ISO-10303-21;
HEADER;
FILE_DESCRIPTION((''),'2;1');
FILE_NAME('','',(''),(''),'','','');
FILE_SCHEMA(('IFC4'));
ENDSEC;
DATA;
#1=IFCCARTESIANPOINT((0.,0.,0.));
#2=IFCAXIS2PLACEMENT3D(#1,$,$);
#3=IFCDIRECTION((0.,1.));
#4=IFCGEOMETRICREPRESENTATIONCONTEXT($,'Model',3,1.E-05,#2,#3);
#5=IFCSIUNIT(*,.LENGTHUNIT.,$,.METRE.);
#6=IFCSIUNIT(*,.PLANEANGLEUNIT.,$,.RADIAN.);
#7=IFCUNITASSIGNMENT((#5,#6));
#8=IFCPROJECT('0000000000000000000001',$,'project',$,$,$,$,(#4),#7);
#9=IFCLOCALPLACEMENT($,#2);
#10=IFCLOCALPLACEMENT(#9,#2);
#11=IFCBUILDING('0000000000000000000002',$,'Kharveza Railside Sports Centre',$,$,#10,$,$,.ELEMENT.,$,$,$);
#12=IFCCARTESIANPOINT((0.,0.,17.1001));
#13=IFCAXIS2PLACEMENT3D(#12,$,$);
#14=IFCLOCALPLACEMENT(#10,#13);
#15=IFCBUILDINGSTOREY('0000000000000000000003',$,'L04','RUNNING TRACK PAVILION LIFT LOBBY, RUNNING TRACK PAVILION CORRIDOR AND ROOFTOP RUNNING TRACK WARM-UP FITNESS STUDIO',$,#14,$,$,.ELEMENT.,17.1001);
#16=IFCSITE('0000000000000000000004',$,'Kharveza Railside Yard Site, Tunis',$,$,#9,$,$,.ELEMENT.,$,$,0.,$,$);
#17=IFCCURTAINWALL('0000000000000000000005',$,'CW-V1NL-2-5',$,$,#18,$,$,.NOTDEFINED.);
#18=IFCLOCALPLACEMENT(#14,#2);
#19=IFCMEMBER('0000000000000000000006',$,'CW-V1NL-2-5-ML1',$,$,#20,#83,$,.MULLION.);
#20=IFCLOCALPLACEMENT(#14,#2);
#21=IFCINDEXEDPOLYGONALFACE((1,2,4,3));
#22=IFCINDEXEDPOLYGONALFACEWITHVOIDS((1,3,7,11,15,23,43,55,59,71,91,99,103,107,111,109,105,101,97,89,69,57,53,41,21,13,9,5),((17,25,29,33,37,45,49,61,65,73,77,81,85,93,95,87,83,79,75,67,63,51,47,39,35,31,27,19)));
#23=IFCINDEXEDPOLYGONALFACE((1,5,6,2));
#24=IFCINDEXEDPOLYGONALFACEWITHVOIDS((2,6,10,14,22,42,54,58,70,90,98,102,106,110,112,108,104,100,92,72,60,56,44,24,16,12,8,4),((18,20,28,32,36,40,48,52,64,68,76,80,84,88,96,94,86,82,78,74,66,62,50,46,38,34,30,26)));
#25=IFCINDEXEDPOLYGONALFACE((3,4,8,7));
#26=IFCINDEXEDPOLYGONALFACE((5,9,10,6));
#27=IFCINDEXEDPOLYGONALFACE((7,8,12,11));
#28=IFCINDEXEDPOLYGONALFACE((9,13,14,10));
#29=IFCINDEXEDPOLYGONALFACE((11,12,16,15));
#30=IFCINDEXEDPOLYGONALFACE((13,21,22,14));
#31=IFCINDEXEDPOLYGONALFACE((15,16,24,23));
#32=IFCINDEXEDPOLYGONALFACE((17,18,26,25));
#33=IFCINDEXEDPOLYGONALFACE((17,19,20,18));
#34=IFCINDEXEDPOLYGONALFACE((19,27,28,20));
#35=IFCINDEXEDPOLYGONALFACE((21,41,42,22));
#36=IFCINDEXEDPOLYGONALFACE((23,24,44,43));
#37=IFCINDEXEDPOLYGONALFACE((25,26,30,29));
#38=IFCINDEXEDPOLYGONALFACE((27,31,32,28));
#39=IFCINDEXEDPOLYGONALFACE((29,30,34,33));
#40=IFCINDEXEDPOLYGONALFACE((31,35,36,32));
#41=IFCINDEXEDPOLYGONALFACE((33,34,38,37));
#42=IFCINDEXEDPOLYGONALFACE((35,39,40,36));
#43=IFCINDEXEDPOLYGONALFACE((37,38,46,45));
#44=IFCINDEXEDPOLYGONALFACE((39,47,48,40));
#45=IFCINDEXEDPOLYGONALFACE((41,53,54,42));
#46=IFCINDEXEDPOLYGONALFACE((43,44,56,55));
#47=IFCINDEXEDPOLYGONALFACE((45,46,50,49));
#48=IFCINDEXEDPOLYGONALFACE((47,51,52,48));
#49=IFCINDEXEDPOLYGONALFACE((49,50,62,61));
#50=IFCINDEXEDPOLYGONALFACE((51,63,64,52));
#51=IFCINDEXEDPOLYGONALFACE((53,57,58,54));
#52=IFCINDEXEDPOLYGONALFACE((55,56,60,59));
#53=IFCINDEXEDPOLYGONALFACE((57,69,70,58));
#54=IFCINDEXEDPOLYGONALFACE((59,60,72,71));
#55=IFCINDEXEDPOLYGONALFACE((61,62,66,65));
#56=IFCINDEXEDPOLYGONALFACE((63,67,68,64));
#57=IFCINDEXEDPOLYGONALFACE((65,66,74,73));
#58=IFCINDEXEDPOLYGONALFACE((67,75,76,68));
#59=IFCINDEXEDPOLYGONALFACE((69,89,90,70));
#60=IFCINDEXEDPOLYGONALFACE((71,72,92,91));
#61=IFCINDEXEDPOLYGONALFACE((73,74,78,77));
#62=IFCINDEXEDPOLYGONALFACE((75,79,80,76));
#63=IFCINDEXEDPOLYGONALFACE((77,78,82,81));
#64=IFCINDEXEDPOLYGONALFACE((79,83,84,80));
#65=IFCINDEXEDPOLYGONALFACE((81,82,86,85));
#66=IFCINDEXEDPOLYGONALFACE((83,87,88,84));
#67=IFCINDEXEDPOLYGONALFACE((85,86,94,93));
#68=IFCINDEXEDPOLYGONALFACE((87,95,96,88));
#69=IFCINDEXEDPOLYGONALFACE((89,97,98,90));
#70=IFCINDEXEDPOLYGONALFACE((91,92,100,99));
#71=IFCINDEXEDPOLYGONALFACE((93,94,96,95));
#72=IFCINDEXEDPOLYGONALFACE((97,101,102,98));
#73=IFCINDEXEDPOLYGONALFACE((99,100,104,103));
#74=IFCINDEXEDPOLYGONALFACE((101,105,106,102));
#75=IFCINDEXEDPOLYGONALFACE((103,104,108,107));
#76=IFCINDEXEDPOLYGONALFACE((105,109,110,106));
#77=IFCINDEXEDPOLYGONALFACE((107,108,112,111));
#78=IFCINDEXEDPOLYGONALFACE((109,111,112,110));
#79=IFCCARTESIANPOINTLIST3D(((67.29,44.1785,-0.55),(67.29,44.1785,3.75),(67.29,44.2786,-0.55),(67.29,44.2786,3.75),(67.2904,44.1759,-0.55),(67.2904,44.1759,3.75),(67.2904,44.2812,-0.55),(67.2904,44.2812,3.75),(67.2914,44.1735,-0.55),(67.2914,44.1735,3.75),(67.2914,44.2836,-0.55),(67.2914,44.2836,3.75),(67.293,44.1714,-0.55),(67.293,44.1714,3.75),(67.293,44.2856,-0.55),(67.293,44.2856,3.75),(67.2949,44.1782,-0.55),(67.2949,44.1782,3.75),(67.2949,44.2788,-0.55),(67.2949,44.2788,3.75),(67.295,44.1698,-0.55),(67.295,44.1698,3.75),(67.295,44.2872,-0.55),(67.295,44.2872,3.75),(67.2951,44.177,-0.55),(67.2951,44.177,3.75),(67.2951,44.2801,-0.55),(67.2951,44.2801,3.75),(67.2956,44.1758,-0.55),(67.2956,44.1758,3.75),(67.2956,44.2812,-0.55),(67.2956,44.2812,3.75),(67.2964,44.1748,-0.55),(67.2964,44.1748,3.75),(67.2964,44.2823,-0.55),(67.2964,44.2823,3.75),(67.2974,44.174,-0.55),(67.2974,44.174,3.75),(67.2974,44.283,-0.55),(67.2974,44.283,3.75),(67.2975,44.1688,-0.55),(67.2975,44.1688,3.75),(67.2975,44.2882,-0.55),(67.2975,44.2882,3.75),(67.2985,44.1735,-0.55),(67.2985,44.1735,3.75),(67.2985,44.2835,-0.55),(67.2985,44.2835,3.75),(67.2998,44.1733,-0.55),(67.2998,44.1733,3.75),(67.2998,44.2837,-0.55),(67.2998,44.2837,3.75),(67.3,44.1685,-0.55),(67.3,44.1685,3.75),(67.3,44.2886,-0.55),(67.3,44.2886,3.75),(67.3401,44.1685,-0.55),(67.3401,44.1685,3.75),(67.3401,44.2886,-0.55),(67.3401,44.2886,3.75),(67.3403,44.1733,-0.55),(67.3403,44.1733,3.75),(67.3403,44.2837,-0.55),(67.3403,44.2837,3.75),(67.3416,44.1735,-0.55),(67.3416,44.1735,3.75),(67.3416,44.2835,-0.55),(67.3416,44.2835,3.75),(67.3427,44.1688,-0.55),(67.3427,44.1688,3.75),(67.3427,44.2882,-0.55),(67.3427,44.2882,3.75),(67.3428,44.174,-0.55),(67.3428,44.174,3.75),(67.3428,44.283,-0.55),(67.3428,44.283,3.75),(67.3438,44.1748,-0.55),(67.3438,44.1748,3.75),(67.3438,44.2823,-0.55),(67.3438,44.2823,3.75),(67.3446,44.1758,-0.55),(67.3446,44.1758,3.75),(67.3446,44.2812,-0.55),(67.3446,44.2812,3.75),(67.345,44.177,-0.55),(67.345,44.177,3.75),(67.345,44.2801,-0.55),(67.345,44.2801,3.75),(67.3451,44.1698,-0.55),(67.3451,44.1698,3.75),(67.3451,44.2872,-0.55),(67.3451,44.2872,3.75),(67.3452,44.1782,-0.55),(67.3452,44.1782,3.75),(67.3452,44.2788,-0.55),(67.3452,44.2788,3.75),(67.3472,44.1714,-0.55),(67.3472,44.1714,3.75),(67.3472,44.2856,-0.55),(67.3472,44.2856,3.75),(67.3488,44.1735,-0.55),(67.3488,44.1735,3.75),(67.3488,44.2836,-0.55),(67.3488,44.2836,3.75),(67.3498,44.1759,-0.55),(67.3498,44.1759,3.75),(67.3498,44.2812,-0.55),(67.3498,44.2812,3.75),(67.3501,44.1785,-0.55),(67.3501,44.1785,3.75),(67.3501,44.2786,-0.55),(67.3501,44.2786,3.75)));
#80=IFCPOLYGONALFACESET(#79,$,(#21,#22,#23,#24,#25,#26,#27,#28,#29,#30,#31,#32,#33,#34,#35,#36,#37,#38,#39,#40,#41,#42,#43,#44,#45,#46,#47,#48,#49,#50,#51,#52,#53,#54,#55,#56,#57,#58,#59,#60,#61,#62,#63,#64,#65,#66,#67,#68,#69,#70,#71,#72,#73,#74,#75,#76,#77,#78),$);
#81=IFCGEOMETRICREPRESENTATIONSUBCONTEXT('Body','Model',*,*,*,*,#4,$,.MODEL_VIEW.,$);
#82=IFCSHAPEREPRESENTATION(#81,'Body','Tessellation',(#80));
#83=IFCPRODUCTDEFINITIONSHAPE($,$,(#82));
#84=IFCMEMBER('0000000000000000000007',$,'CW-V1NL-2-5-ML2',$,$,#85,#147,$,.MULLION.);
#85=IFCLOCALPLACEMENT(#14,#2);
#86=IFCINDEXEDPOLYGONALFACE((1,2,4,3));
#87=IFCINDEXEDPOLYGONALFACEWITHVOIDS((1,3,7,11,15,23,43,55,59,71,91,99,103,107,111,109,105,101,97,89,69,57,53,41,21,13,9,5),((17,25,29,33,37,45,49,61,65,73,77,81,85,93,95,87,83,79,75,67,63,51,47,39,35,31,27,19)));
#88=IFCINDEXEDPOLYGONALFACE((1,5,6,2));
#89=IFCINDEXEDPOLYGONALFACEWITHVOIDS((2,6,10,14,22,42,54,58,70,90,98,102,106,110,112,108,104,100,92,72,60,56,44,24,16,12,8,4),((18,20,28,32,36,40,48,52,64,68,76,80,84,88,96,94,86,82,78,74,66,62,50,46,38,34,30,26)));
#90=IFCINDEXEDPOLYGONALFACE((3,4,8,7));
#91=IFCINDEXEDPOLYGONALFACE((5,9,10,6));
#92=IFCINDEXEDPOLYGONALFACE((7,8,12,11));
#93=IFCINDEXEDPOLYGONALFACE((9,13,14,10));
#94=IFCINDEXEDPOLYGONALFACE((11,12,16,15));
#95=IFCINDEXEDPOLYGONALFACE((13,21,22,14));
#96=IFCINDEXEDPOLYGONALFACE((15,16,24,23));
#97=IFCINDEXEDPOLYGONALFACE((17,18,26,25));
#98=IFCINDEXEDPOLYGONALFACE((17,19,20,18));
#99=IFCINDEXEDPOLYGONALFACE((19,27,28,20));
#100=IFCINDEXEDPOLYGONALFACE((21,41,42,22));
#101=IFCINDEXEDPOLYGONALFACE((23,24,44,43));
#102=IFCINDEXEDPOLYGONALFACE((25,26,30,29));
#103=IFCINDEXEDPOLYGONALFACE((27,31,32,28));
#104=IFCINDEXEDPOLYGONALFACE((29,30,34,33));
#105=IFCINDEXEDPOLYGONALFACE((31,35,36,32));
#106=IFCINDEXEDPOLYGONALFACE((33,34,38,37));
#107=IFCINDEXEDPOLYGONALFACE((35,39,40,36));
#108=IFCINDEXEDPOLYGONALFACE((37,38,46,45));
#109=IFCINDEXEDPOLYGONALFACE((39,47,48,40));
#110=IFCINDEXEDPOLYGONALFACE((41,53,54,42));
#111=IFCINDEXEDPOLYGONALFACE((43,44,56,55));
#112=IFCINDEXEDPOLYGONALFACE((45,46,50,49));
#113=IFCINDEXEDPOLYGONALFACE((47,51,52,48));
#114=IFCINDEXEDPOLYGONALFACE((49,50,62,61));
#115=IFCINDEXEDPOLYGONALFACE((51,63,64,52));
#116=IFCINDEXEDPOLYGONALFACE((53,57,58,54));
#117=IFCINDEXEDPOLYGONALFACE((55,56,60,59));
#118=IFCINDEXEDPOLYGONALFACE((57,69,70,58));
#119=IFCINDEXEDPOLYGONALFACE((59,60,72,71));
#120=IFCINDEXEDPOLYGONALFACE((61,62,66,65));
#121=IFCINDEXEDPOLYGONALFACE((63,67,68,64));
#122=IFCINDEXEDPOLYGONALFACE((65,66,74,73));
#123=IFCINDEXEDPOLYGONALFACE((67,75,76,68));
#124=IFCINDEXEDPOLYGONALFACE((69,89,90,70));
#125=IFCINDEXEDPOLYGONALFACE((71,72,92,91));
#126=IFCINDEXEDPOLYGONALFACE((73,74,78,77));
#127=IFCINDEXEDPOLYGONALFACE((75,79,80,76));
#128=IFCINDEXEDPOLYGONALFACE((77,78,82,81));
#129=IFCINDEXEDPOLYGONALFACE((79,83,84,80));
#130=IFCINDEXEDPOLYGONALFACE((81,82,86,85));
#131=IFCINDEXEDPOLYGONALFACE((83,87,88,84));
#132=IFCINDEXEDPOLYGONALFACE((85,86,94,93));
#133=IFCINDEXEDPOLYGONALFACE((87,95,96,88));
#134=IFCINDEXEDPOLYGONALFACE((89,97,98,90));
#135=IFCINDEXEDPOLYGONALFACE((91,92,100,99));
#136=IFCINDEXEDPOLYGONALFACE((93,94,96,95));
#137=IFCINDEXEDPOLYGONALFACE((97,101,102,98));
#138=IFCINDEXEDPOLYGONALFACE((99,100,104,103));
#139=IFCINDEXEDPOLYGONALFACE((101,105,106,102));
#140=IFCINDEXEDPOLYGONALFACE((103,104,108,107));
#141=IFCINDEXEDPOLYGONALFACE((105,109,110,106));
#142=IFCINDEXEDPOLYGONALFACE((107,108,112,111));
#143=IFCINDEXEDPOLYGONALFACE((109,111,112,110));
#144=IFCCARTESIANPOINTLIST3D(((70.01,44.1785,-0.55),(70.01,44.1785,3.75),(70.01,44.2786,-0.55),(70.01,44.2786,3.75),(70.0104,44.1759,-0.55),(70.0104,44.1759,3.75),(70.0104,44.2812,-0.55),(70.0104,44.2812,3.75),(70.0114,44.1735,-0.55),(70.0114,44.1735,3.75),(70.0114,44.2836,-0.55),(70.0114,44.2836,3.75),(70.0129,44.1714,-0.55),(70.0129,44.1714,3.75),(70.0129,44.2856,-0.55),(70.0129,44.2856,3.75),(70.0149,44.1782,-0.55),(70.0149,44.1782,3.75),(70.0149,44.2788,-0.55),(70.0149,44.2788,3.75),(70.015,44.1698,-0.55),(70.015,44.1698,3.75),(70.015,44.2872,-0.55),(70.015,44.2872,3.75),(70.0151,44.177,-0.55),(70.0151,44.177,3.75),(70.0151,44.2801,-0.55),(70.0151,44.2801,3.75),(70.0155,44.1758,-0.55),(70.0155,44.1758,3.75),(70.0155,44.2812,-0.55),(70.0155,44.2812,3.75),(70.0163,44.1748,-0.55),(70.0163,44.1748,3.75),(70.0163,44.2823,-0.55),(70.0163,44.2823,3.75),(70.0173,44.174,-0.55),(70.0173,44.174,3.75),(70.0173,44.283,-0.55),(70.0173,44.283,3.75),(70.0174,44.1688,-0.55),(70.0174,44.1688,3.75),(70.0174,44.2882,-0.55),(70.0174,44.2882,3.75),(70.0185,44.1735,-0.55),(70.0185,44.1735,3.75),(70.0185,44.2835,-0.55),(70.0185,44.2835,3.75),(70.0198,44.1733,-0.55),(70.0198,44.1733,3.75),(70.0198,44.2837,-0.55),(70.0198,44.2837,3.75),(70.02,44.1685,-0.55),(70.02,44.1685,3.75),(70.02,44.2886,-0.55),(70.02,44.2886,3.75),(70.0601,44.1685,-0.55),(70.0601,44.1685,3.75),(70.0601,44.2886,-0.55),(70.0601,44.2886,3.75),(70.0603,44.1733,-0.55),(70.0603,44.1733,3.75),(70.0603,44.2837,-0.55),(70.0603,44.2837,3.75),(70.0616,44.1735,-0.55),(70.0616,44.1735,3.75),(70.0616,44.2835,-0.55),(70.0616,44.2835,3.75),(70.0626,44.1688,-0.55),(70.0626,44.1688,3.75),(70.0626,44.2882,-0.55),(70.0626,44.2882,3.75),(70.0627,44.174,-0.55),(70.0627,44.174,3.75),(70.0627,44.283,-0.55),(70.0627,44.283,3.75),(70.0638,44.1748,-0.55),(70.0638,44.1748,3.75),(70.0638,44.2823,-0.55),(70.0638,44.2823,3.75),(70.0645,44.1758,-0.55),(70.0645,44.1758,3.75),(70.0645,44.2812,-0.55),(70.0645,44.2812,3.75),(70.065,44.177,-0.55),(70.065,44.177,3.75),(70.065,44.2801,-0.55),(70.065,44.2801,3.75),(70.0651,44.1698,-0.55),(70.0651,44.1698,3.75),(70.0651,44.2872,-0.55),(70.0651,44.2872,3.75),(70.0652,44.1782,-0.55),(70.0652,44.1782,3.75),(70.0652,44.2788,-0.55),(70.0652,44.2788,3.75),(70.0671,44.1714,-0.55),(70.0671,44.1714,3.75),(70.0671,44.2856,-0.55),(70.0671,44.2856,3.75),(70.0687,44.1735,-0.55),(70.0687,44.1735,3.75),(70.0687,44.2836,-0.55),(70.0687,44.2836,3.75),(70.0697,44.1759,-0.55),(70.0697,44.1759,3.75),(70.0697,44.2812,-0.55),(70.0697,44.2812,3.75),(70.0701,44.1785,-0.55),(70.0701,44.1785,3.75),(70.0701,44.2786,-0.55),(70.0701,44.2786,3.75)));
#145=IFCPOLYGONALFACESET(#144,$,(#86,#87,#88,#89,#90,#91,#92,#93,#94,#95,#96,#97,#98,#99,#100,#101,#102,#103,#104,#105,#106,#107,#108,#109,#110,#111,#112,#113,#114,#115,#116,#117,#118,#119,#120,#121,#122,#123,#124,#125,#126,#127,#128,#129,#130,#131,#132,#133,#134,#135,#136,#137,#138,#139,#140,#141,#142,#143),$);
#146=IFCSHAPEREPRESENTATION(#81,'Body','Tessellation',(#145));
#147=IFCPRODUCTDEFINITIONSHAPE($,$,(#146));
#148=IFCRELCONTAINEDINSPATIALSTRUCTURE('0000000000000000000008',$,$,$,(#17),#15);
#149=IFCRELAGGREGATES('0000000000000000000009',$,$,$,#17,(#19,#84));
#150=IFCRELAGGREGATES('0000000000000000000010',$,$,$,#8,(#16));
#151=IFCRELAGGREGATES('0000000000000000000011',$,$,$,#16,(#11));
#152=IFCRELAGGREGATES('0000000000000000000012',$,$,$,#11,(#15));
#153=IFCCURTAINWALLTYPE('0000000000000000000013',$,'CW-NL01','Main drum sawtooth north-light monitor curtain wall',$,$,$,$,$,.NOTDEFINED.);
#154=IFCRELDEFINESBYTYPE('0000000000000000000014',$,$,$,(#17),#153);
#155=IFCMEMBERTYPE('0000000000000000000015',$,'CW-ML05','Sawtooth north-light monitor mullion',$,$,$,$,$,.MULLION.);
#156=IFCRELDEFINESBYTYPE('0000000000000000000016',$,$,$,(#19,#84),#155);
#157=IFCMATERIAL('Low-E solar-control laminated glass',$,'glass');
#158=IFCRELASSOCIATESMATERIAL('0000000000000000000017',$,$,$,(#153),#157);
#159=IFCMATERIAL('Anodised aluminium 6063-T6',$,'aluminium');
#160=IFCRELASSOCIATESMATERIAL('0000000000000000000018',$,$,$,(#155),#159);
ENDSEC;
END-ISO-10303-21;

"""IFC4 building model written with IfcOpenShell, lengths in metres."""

from ifc_helpers import new_model, si_unit, direction, frame, origin, origin_2d, place, context, subcontext, project, spatial, hollow_rectangle, extrude, material, material_profile, profile_set, type_object, element, aggregate, save


model = new_model("IFC4")

# Units and contexts
model_context = context("Model", 3, precision=1e-05, world=origin(), true_north=direction((0.0, 1.0)))
body_context = subcontext(model_context, "Body", "Model", "MODEL_VIEW")
ifc_project = project(units=[si_unit("LENGTHUNIT", "METRE"), si_unit("PLANEANGLEUNIT", "RADIAN")], contexts=[model_context])

# Site, building, storey
site_placement = place(None, origin())
site = spatial("IfcSite", under=ifc_project, at=site_placement, Name="Kharveza Railside Yard Site, Tunis", CompositionType="ELEMENT", RefElevation=0.0)
building_placement = place(site_placement, origin())
building = spatial("IfcBuilding", under=site, at=building_placement, Name="Kharveza Railside Sports Centre", CompositionType="ELEMENT")
storey_placement = place(building_placement, frame((0.0, 0.0, 17.1001)))
storey = spatial("IfcBuildingStorey", under=building, at=storey_placement, Name="L04", Description="RUNNING TRACK PAVILION LIFT LOBBY, RUNNING TRACK PAVILION CORRIDOR AND ROOFTOP RUNNING TRACK WARM-UP FITNESS STUDIO", CompositionType="ELEMENT", Elevation=17.1001)

# Curtain wall, members
ifc_material_1 = material(Name="Low-E solar-control laminated glass", Category="glass")
curtain_wall_type = type_object("IfcCurtainWallType", Name="CW-NL01", Description="Main drum sawtooth north-light monitor curtain wall", PredefinedType="NOTDEFINED", material=ifc_material_1)
ifc_material_2 = material(Name="Anodised aluminium 6063-T6", Category="aluminium")
ifc_material_profile_1 = material_profile(ifc_material_2, hollow_rectangle(XDim=0.0601, YDim=0.1201, WallThickness=0.0049, InnerFilletRadius=0.0049, OuterFilletRadius=0.01, at=origin_2d()), Name="RHS 60x120x5.0")
ifc_profile_set_1 = profile_set([ifc_material_profile_1], Name="Anodised aluminium 6063-T6")
member_type_1 = type_object("IfcMemberType", Name="CW-ML05", Description="Sawtooth north-light monitor mullion", PredefinedType="MULLION", material=ifc_profile_set_1)
curtain_wall_1_placement = place(storey_placement, origin())
curtain_wall_1 = element("IfcCurtainWall", 1, at=curtain_wall_1_placement, inside=storey, type_object=curtain_wall_type, Name="CW-V1NL-2-5", PredefinedType="NOTDEFINED")
member_1_placement = place(storey_placement, frame((67.3201, 44.2285, -0.55), z_axis=(0.0, 0.0, 1.0), x_axis=(1.0, 0.0, 0.0)))
member_1 = element("IfcMember", 2, at=member_1_placement, type_object=member_type_1, Name="CW-V1NL-2-5-ML1", PredefinedType="MULLION", context=body_context, shape_type="SweptSolid", body=[
    extrude(hollow_rectangle(XDim=0.0601, YDim=0.1201, WallThickness=0.0049, InnerFilletRadius=0.0049, OuterFilletRadius=0.01, at=origin_2d()), origin(), (0.0, 0.0, 1.0), 4.3),
])
member_2_placement = place(storey_placement, frame((70.04, 44.2285, -0.55), z_axis=(0.0, 0.0, 1.0), x_axis=(1.0, 0.0, 0.0)))
member_2 = element("IfcMember", 3, at=member_2_placement, type_object=member_type_1, Name="CW-V1NL-2-5-ML2", PredefinedType="MULLION", context=body_context, shape_type="SweptSolid", body=[
    extrude(hollow_rectangle(XDim=0.0601, YDim=0.1201, WallThickness=0.0049, InnerFilletRadius=0.0049, OuterFilletRadius=0.01, at=origin_2d()), origin(), (0.0, 0.0, 1.0), 4.3),
])

aggregate(curtain_wall_1, [member_1, member_2])

save(model, "model.ifc")
